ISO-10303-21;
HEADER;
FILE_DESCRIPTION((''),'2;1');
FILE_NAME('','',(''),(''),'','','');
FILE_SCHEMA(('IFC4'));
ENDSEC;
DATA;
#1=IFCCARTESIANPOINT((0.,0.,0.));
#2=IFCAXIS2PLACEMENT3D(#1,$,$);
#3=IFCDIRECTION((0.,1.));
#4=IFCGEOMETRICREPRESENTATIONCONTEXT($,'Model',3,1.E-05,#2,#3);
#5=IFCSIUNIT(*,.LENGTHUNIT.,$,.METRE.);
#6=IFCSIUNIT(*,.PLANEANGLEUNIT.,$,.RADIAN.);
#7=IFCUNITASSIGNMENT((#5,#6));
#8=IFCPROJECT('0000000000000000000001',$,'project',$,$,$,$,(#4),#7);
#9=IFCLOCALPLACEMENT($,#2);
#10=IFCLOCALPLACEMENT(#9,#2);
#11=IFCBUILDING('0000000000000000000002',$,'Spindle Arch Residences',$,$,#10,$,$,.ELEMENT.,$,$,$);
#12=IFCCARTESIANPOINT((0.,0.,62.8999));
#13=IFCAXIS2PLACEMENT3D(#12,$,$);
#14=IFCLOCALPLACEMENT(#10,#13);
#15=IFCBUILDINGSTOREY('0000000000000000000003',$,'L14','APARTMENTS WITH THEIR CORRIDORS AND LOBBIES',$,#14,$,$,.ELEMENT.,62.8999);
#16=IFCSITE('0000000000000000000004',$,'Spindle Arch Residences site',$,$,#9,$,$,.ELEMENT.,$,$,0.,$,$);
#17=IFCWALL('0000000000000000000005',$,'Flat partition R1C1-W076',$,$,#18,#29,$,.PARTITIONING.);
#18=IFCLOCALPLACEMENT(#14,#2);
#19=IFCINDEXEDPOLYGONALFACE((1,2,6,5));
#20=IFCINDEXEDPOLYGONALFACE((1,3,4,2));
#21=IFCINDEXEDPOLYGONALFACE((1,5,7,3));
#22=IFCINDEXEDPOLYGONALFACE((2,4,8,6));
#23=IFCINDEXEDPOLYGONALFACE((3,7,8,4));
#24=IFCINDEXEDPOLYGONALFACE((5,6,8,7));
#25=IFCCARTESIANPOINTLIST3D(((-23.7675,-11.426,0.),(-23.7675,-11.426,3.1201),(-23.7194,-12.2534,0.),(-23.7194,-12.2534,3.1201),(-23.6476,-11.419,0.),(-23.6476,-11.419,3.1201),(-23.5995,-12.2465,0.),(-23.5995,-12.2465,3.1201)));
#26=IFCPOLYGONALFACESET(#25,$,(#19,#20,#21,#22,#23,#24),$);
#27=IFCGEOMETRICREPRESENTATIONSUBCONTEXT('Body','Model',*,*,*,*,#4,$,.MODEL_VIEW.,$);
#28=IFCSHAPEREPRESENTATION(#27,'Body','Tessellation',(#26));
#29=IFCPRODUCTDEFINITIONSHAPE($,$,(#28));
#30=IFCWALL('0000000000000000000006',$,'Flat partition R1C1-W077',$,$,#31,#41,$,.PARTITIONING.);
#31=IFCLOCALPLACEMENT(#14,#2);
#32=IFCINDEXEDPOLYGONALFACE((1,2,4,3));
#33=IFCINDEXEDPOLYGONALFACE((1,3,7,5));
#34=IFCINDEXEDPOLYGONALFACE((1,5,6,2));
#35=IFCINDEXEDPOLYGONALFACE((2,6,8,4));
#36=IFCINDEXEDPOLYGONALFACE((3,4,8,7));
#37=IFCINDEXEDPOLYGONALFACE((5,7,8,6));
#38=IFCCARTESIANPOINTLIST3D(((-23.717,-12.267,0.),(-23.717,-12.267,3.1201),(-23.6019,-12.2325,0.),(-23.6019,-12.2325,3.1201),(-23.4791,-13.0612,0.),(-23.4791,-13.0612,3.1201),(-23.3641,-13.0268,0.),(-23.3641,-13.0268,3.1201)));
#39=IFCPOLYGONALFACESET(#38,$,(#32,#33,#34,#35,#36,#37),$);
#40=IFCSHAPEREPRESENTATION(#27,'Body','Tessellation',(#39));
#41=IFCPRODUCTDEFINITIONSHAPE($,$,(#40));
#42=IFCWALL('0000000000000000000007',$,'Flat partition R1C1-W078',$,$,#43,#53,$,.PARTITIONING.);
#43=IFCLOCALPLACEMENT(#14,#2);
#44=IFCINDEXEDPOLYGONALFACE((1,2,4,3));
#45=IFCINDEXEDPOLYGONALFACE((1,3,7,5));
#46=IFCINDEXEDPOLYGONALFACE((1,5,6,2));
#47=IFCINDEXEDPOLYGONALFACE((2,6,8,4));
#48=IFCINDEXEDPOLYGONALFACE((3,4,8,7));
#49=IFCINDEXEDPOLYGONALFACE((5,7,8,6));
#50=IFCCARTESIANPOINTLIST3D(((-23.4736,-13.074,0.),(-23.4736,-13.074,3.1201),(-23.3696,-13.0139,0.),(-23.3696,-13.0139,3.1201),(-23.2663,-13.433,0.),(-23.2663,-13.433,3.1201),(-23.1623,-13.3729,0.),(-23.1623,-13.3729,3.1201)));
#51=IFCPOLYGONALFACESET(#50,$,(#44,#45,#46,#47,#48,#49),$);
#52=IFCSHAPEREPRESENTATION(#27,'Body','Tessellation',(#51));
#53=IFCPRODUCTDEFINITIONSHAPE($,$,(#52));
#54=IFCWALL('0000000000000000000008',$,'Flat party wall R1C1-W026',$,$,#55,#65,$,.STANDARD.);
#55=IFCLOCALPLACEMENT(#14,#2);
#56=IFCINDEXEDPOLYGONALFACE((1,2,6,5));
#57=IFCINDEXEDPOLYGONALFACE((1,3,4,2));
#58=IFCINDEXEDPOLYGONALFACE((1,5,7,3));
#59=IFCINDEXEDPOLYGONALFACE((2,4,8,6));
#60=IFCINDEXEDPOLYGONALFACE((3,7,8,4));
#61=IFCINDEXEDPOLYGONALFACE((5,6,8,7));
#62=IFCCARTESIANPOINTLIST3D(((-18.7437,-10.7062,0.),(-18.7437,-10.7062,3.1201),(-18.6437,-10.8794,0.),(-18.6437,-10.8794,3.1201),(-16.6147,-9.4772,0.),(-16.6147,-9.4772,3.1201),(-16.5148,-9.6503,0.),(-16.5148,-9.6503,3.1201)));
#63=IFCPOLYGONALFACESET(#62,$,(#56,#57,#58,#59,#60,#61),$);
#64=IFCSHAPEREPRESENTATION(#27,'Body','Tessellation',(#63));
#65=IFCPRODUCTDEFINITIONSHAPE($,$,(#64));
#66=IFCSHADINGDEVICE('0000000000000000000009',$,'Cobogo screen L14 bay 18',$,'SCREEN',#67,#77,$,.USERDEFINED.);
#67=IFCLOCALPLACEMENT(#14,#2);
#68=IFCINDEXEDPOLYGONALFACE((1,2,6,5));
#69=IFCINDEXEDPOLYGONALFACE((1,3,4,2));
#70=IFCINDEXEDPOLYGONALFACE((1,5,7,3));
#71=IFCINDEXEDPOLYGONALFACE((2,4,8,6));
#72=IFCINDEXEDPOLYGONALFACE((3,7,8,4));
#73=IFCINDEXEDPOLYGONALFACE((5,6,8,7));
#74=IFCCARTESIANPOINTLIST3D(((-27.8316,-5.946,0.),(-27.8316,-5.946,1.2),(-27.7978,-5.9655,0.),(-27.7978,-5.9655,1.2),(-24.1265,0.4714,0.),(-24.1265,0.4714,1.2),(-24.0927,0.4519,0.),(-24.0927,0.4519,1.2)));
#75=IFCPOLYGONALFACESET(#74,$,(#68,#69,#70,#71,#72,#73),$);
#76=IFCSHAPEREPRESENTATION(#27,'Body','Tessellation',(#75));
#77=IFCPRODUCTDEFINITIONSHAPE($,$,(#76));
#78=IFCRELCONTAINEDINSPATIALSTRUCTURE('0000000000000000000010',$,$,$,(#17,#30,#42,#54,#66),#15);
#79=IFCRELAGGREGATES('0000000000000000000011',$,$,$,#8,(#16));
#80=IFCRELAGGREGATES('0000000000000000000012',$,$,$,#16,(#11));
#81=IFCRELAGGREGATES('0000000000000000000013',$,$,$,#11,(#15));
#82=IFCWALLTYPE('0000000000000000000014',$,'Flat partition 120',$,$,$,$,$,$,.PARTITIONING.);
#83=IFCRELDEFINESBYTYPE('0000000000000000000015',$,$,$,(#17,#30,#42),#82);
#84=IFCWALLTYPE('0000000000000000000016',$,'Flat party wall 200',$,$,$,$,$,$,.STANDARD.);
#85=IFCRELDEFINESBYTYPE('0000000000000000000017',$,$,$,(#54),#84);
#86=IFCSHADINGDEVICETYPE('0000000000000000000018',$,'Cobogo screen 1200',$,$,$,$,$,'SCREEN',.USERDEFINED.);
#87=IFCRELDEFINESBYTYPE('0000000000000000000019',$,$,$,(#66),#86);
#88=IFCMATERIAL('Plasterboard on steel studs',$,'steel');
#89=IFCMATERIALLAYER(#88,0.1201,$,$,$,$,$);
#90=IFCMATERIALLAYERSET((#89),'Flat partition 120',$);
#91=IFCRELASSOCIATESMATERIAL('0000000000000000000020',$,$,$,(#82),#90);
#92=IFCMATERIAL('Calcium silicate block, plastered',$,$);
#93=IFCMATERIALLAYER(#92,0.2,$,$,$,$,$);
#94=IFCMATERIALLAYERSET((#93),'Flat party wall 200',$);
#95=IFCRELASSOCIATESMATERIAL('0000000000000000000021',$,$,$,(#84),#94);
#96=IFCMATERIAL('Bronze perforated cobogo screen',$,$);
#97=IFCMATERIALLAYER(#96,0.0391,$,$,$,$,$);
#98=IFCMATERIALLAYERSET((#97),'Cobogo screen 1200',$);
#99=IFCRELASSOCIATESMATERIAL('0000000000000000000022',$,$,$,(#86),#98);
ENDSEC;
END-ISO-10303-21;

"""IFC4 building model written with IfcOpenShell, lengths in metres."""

from ifc_helpers import new_model, si_unit, direction, frame, frame_2d, origin, origin_2d, place, context, subcontext, project, spatial, rectangle, extrude, material, layer, layer_set, type_object, element, save


model = new_model("IFC4")

# Units and contexts
model_context = context("Model", 3, precision=1e-05, world=origin(), true_north=direction((0.0, 1.0)))
body_context = subcontext(model_context, "Body", "Model", "MODEL_VIEW")
ifc_project = project(units=[si_unit("LENGTHUNIT", "METRE"), si_unit("PLANEANGLEUNIT", "RADIAN")], contexts=[model_context])

# Site, building, storey
site_placement = place(None, origin())
site = spatial("IfcSite", under=ifc_project, at=site_placement, Name="Spindle Arch Residences site", CompositionType="ELEMENT", RefElevation=0.0)
building_placement = place(site_placement, origin())
building = spatial("IfcBuilding", under=site, at=building_placement, Name="Spindle Arch Residences", CompositionType="ELEMENT")
storey_placement = place(building_placement, frame((0.0, 0.0, 62.8999)))
storey = spatial("IfcBuildingStorey", under=building, at=storey_placement, Name="L14", Description="APARTMENTS WITH THEIR CORRIDORS AND LOBBIES", CompositionType="ELEMENT", Elevation=62.8999)

# Shared definitions
ifc_material_1 = material(Name="Plasterboard on steel studs", Category="steel")
ifc_layer_1 = layer(ifc_material_1, 0.1201)
ifc_layer_set_1 = layer_set([ifc_layer_1], Name="Flat partition 120")
wall_type_1 = type_object("IfcWallType", Name="Flat partition 120", PredefinedType="PARTITIONING", material=ifc_layer_set_1)

# Walls
wall_1_placement = place(storey_placement, frame((-23.7075, -11.4224, 0.0), z_axis=(0.0, 0.0, 1.0), x_axis=(0.058031, -0.998315, 0.0)))
element("IfcWall", 1, at=wall_1_placement, inside=storey, type_object=wall_type_1, Name="Flat partition R1C1-W076", PredefinedType="PARTITIONING", context=body_context, shape_type="SweptSolid", body=[
    extrude(rectangle(XDim=0.8289, YDim=0.1201, at=frame_2d((0.4146, 0.0))), origin(), (0.0, 0.0, 1.0), 3.1201),
])
wall_2_placement = place(storey_placement, frame((-23.6594, -12.2498, 0.0), z_axis=(0.0, 0.0, 1.0), x_axis=(0.286835, -0.95798, 0.0)))
element("IfcWall", 2, at=wall_2_placement, inside=storey, type_object=wall_type_1, Name="Flat partition R1C1-W077", PredefinedType="PARTITIONING", context=body_context, shape_type="SweptSolid", body=[
    extrude(rectangle(XDim=0.8291, YDim=0.1201, at=frame_2d((0.4146, 0.0))), origin(), (0.0, 0.0, 1.0), 3.1201),
])
wall_3_placement = place(storey_placement, frame((-23.4216, -13.0439, 0.0), z_axis=(0.0, 0.0, 1.0), x_axis=(0.50013, -0.86595, 0.0)))
element("IfcWall", 3, at=wall_3_placement, inside=storey, type_object=wall_type_1, Name="Flat partition R1C1-W078", PredefinedType="PARTITIONING", context=body_context, shape_type="SweptSolid", body=[
    extrude(rectangle(XDim=0.4146, YDim=0.1201, at=frame_2d((0.2073, 0.0))), origin(), (0.0, 0.0, 1.0), 3.1201),
])
ifc_material_2 = material(Name="Calcium silicate block, plastered")
ifc_layer_2 = layer(ifc_material_2, 0.2)
ifc_layer_set_2 = layer_set([ifc_layer_2], Name="Flat party wall 200")
wall_type_2 = type_object("IfcWallType", Name="Flat party wall 200", PredefinedType="STANDARD", material=ifc_layer_set_2)
wall_4_placement = place(storey_placement, frame((-18.6936, -10.7927, 0.0), z_axis=(0.0, 0.0, 1.0), x_axis=(0.866047, 0.499963, 0.0)))
element("IfcWall", 4, at=wall_4_placement, inside=storey, type_object=wall_type_2, Name="Flat party wall R1C1-W026", PredefinedType="STANDARD", context=body_context, shape_type="SweptSolid", body=[
    extrude(rectangle(XDim=2.4583, YDim=0.2, at=frame_2d((1.229, 0.0))), origin(), (0.0, 0.0, 1.0), 3.1201),
])

# Shading device
ifc_material_3 = material(Name="Bronze perforated cobogo screen")
ifc_layer_3 = layer(ifc_material_3, 0.0391)
ifc_layer_set_3 = layer_set([ifc_layer_3], Name="Cobogo screen 1200")
shading_device_type = type_object("IfcShadingDeviceType", Name="Cobogo screen 1200", ElementType="SCREEN", PredefinedType="USERDEFINED", material=ifc_layer_set_3)
shading_device_placement = place(storey_placement, frame((-25.9622, -2.7471, 0.0), z_axis=(0.0, 0.0, 1.0), x_axis=(-0.5, -0.866025, 0.0)))
element("IfcShadingDevice", 5, at=shading_device_placement, inside=storey, type_object=shading_device_type, Name="Cobogo screen L14 bay 18", ObjectType="SCREEN", PredefinedType="USERDEFINED", context=body_context, shape_type="SweptSolid", body=[
    extrude(rectangle(XDim=7.4102, YDim=0.0391, at=origin_2d()), origin(), (0.0, 0.0, 1.0), 1.2),
])

save(model, "model.ifc")
